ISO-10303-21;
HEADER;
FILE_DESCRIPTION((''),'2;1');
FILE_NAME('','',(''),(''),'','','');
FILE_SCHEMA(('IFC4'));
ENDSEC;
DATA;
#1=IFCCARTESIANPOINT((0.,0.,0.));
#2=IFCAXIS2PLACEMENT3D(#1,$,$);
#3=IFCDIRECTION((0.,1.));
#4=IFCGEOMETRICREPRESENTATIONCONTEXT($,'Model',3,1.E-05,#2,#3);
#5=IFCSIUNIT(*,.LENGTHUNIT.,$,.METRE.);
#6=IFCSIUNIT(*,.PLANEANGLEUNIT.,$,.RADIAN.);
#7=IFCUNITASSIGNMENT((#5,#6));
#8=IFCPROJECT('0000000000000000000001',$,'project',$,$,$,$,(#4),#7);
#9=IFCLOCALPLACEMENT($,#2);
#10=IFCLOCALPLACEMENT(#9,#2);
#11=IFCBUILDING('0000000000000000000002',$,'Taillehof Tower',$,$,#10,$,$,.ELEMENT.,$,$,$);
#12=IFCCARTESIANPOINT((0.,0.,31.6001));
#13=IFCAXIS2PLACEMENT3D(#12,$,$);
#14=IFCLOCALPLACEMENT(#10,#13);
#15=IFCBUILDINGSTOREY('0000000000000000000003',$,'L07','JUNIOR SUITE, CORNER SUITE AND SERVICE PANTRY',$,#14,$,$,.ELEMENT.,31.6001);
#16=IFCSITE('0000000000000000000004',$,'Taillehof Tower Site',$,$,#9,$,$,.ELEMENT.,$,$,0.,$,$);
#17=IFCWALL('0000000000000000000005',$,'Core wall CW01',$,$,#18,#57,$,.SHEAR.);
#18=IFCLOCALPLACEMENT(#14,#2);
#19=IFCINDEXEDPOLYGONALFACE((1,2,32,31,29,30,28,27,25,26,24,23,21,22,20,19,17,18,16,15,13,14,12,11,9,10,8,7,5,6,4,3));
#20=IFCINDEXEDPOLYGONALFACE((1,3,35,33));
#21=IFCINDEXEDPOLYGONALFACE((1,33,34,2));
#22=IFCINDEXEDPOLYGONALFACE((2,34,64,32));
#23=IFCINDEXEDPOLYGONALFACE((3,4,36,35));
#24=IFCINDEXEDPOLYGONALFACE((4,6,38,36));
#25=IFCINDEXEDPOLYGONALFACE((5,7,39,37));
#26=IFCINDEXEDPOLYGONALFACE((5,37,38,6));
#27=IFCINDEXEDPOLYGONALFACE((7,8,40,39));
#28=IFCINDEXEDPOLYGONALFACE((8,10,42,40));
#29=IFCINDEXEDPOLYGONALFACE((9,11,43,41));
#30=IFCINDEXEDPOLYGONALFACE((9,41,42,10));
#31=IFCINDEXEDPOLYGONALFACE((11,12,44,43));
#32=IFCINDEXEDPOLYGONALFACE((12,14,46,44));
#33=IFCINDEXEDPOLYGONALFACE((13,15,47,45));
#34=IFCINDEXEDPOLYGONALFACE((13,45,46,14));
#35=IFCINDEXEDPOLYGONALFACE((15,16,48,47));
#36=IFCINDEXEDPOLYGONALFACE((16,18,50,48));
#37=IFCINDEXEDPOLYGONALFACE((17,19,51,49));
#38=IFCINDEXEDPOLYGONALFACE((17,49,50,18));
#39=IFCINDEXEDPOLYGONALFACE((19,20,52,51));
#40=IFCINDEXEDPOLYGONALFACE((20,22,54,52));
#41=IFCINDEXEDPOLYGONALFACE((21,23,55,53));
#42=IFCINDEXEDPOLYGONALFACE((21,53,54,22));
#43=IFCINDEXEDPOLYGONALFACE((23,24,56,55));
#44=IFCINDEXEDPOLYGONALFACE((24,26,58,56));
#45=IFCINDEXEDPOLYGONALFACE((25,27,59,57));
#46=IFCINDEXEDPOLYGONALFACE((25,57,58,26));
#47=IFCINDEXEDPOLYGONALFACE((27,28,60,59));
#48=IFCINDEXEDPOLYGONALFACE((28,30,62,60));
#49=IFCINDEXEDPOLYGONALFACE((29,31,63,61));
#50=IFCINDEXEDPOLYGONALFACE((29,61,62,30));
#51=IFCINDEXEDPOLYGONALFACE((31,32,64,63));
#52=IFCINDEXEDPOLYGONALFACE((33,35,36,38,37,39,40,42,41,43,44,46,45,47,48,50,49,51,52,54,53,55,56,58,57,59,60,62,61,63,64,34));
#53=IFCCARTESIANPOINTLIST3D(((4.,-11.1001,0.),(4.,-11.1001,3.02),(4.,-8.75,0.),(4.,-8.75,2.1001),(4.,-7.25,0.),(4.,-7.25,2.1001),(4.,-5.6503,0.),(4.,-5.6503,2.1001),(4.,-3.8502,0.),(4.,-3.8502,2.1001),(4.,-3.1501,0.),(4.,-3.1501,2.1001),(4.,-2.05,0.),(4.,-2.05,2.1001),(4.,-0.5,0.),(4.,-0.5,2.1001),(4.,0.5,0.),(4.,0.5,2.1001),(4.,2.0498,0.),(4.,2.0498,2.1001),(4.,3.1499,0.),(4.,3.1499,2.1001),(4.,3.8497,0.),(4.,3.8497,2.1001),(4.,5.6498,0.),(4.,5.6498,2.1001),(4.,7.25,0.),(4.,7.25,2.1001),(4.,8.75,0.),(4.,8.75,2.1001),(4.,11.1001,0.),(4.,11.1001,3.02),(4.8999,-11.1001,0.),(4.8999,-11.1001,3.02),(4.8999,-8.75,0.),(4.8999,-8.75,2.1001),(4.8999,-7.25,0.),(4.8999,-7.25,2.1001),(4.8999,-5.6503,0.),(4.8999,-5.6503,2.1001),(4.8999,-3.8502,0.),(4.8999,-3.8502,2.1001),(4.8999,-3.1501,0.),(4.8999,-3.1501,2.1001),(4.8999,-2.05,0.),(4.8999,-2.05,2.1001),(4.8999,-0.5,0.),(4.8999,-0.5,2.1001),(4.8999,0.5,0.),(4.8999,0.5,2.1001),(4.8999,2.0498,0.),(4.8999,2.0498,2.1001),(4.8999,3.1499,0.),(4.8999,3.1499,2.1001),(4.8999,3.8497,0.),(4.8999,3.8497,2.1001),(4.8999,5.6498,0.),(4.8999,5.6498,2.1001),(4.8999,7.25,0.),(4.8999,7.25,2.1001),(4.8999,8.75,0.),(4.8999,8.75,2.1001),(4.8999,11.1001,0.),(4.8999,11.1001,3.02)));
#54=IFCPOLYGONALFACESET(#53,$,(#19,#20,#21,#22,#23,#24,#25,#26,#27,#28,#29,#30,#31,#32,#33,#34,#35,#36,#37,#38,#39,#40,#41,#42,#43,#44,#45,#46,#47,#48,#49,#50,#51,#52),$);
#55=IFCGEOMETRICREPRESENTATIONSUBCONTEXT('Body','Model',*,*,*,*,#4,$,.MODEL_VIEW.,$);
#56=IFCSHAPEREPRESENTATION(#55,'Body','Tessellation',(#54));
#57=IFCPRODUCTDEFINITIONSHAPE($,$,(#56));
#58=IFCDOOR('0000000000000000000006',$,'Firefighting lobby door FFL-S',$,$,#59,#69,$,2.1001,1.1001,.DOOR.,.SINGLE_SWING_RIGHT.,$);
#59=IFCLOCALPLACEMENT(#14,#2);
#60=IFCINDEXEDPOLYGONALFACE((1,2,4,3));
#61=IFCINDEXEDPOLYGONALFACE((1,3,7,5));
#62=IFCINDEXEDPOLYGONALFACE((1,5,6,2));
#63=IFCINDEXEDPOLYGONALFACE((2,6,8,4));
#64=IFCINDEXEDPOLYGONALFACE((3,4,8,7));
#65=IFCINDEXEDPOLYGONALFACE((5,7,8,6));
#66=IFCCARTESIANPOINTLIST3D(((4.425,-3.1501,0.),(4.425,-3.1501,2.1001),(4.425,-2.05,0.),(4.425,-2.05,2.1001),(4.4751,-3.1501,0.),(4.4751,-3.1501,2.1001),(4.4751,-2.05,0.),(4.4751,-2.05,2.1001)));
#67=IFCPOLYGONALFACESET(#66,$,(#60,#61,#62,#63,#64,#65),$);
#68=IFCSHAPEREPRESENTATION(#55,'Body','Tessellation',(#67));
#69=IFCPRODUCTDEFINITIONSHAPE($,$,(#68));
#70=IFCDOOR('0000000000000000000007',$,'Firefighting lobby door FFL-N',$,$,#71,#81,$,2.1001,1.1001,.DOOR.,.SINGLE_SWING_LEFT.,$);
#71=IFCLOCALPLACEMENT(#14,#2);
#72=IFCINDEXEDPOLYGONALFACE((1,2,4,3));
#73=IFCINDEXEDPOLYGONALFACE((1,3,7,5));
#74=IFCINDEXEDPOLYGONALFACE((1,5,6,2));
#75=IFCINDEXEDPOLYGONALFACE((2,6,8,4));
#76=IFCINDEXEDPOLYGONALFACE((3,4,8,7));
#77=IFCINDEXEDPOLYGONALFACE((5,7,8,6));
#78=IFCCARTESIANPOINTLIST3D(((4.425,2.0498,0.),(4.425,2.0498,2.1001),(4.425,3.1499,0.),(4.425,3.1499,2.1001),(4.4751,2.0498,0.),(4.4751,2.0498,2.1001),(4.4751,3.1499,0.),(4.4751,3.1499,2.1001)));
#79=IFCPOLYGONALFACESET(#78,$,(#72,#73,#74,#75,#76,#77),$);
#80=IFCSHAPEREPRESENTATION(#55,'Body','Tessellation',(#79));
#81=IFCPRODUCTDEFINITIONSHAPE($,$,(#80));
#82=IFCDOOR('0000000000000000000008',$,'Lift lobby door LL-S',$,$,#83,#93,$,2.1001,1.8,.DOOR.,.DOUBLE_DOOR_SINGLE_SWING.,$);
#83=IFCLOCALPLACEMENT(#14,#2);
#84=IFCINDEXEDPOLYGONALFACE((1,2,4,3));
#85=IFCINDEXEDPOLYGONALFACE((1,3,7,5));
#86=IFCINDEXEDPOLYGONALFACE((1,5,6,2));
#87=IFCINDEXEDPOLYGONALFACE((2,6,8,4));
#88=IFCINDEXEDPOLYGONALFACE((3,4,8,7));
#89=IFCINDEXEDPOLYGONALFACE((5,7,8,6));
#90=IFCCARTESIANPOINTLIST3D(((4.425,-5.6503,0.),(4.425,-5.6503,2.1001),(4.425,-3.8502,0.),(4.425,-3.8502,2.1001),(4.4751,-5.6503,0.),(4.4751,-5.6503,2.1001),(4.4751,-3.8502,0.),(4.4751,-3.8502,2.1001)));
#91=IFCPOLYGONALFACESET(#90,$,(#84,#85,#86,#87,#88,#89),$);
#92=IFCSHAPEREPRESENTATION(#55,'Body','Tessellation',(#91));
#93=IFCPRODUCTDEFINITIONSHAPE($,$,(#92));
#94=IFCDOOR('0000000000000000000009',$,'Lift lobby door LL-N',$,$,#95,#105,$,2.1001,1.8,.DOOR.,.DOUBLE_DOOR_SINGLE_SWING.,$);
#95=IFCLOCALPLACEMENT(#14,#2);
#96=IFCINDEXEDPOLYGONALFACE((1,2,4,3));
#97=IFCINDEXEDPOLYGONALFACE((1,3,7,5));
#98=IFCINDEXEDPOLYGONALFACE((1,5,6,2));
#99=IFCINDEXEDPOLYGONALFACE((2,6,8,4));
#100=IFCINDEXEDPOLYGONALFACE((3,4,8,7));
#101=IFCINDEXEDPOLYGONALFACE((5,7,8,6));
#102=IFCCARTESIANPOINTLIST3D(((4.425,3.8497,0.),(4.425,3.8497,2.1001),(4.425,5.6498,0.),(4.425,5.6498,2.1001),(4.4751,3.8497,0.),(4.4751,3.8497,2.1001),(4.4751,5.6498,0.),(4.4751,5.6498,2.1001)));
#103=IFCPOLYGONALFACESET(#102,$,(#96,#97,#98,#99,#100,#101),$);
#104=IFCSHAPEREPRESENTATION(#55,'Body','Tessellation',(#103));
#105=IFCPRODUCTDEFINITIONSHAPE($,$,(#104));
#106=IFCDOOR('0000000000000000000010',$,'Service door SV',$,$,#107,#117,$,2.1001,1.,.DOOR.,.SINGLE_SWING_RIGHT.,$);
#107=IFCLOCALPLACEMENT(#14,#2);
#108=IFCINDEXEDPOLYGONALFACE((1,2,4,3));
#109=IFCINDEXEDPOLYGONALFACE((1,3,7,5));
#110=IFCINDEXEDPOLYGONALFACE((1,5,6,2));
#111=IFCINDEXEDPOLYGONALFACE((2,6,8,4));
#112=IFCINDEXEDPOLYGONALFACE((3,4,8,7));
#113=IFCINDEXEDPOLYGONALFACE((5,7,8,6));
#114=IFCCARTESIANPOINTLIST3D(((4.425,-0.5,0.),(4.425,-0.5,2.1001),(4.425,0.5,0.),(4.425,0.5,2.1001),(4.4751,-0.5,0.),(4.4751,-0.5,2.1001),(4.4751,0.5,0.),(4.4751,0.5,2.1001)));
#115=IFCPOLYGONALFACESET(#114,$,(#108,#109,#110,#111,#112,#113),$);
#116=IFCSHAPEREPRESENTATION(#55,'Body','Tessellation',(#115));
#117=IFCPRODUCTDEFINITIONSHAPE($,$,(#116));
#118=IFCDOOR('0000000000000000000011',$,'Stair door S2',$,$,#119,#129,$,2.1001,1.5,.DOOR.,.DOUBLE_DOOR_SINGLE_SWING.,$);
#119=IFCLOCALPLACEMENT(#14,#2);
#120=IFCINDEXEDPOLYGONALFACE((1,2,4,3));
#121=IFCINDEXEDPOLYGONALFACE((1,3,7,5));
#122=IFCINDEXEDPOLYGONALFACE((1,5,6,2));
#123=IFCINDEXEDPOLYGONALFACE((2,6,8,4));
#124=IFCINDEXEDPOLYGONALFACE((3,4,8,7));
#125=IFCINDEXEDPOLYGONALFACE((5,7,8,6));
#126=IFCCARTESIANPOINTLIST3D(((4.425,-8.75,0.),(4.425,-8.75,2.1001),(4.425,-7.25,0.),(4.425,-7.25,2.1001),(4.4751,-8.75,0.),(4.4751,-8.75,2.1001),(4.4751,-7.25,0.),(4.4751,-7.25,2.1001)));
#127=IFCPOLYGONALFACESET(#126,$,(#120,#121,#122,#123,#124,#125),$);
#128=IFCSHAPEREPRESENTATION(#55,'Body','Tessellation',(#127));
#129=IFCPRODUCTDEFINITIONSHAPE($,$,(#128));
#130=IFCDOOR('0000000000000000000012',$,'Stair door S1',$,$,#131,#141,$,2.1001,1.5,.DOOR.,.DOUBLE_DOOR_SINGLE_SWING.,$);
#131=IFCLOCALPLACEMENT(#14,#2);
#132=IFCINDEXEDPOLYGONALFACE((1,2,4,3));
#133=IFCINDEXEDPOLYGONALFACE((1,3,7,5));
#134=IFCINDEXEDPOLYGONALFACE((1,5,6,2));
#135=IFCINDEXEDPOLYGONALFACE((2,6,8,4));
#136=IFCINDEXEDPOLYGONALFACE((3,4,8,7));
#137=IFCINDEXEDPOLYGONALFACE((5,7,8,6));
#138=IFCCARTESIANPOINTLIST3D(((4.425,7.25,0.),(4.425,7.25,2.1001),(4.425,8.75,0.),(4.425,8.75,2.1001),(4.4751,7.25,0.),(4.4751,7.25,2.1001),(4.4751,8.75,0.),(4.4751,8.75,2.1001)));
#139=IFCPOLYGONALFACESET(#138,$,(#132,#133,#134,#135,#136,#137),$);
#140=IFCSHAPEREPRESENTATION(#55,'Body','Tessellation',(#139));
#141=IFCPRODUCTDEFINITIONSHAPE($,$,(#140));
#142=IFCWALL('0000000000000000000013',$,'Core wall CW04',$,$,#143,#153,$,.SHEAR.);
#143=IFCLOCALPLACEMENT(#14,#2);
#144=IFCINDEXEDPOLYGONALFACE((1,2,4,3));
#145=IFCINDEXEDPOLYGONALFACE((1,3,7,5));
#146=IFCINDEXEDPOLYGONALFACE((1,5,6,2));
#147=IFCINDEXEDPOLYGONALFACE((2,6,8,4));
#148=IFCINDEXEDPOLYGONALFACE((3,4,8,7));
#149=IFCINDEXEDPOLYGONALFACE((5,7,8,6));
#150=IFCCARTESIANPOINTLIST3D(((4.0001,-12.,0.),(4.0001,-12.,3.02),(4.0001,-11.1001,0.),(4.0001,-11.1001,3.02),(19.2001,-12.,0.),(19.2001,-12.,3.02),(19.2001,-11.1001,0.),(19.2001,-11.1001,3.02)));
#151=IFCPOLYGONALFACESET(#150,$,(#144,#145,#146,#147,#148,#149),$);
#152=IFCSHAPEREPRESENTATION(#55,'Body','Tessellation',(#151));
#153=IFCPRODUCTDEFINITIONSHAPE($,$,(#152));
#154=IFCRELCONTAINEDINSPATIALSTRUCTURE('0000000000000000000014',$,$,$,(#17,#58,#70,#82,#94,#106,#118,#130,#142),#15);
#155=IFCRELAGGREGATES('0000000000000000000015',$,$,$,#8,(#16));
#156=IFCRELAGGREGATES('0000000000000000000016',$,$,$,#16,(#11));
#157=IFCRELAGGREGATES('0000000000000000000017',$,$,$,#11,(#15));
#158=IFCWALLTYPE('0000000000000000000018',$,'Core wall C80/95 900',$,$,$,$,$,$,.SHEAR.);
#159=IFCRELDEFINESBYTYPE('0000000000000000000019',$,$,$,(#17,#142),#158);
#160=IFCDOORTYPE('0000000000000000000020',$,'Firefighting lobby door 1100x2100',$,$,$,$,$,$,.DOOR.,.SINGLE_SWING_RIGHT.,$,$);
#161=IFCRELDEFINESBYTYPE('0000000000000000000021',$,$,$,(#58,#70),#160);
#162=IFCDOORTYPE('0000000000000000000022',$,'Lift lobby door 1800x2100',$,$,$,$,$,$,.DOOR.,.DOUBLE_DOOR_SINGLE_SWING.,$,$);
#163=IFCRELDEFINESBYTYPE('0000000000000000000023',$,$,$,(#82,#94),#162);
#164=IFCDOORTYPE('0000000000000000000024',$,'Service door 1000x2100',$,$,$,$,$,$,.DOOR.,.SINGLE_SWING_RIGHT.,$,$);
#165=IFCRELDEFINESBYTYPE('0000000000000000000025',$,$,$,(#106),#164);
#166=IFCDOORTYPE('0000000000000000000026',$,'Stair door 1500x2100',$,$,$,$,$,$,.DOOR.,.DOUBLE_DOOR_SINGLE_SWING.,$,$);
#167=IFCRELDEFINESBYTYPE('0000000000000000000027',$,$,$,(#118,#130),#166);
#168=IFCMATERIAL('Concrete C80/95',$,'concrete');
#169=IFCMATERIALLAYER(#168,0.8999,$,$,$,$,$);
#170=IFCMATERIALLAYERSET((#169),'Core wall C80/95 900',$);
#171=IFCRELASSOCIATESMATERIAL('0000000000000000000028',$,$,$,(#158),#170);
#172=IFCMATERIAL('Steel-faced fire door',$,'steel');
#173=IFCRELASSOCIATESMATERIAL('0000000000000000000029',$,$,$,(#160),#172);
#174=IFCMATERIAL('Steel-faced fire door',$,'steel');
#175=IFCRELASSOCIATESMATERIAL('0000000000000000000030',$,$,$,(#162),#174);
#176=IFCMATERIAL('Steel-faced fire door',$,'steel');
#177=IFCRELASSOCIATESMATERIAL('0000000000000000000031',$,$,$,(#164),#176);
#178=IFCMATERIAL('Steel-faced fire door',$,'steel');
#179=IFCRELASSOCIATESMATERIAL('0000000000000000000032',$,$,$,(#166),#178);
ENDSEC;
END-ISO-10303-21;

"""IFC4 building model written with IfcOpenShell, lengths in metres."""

from ifc_helpers import new_model, si_unit, direction, frame, frame_2d, origin, place, context, subcontext, project, spatial, rectangle, extrude, material, layer, layer_set, type_object, element, fill, save


model = new_model("IFC4")

# Units and contexts
model_context = context("Model", 3, precision=1e-05, world=origin(), true_north=direction((0.0, 1.0)))
body_context = subcontext(model_context, "Body", "Model", "MODEL_VIEW")
ifc_project = project(units=[si_unit("LENGTHUNIT", "METRE"), si_unit("PLANEANGLEUNIT", "RADIAN")], contexts=[model_context])

# Site, building, storey
site_placement = place(None, origin())
site = spatial("IfcSite", under=ifc_project, at=site_placement, Name="Taillehof Tower Site", CompositionType="ELEMENT", RefElevation=0.0)
building_placement = place(site_placement, origin())
building = spatial("IfcBuilding", under=site, at=building_placement, Name="Taillehof Tower", CompositionType="ELEMENT")
storey_placement = place(building_placement, frame((0.0, 0.0, 31.6001)))
storey = spatial("IfcBuildingStorey", under=building, at=storey_placement, Name="L07", Description="JUNIOR SUITE, CORNER SUITE AND SERVICE PANTRY", CompositionType="ELEMENT", Elevation=31.6001)

# Wall, openings, doors
ifc_material_1 = material(Name="Concrete C80/95", Category="concrete")
ifc_layer_1 = layer(ifc_material_1, 0.8999)
ifc_layer_set_1 = layer_set([ifc_layer_1], Name="Core wall C80/95 900")
wall_type_1 = type_object("IfcWallType", Name="Core wall C80/95 900", PredefinedType="SHEAR", material=ifc_layer_set_1)
wall_1_placement = place(storey_placement, frame((4.45, -11.1001, 0.0), z_axis=(0.0, 0.0, 1.0), x_axis=(0.0, 1.0, 0.0)))
wall_1 = element("IfcWall", 1, at=wall_1_placement, inside=storey, type_object=wall_type_1, Name="Core wall CW01", PredefinedType="SHEAR", context=body_context, shape_type="SweptSolid", body=[
    extrude(rectangle(XDim=22.2002, YDim=0.8999, at=frame_2d((11.1001, 0.0))), origin(), (0.0, 0.0, 1.0), 3.02),
])
opening_1_placement = place(wall_1_placement, frame((2.3501, 0.0, 0.0)))
opening_1 = element("IfcOpeningElement", 2, at=opening_1_placement, cuts=wall_1, PredefinedType="OPENING", context=body_context, shape_type="SweptSolid", body=[
    extrude(rectangle(XDim=1.5, YDim=2.1001, at=frame_2d((0.75, 1.05))), frame((0.0, 0.46, 0.0), z_axis=(0.0, -1.0, 0.0), x_axis=(1.0, 0.0, 0.0)), (0.0, 0.0, 1.0), 0.9199),
])
opening_2_placement = place(wall_1_placement, frame((5.45, 0.0, 0.0)))
opening_2 = element("IfcOpeningElement", 3, at=opening_2_placement, cuts=wall_1, PredefinedType="OPENING", context=body_context, shape_type="SweptSolid", body=[
    extrude(rectangle(XDim=1.8, YDim=2.1001, at=frame_2d((0.8999, 1.05))), frame((0.0, 0.46, 0.0), z_axis=(0.0, -1.0, 0.0), x_axis=(1.0, 0.0, 0.0)), (0.0, 0.0, 1.0), 0.9199),
])
opening_3_placement = place(wall_1_placement, frame((7.95, 0.0, 0.0)))
opening_3 = element("IfcOpeningElement", 4, at=opening_3_placement, cuts=wall_1, PredefinedType="OPENING", context=body_context, shape_type="SweptSolid", body=[
    extrude(rectangle(XDim=1.1001, YDim=2.1001, at=frame_2d((0.55, 1.05))), frame((0.0, 0.46, 0.0), z_axis=(0.0, -1.0, 0.0), x_axis=(1.0, 0.0, 0.0)), (0.0, 0.0, 1.0), 0.9199),
])
opening_4_placement = place(wall_1_placement, frame((10.6001, 0.0, 0.0)))
opening_4 = element("IfcOpeningElement", 5, at=opening_4_placement, cuts=wall_1, PredefinedType="OPENING", context=body_context, shape_type="SweptSolid", body=[
    extrude(rectangle(XDim=1.0, YDim=2.1001, at=frame_2d((0.5, 1.05))), frame((0.0, 0.46, 0.0), z_axis=(0.0, -1.0, 0.0), x_axis=(1.0, 0.0, 0.0)), (0.0, 0.0, 1.0), 0.9199),
])
opening_5_placement = place(wall_1_placement, frame((13.1499, 0.0, 0.0)))
opening_5 = element("IfcOpeningElement", 6, at=opening_5_placement, cuts=wall_1, PredefinedType="OPENING", context=body_context, shape_type="SweptSolid", body=[
    extrude(rectangle(XDim=1.1001, YDim=2.1001, at=frame_2d((0.55, 1.05))), frame((0.0, 0.46, 0.0), z_axis=(0.0, -1.0, 0.0), x_axis=(1.0, 0.0, 0.0)), (0.0, 0.0, 1.0), 0.9199),
])
opening_6_placement = place(wall_1_placement, frame((14.95, 0.0, 0.0)))
opening_6 = element("IfcOpeningElement", 7, at=opening_6_placement, cuts=wall_1, PredefinedType="OPENING", context=body_context, shape_type="SweptSolid", body=[
    extrude(rectangle(XDim=1.8, YDim=2.1001, at=frame_2d((0.8999, 1.05))), frame((0.0, 0.46, 0.0), z_axis=(0.0, -1.0, 0.0), x_axis=(1.0, 0.0, 0.0)), (0.0, 0.0, 1.0), 0.9199),
])
opening_7_placement = place(wall_1_placement, frame((18.3501, 0.0, 0.0)))
opening_7 = element("IfcOpeningElement", 8, at=opening_7_placement, cuts=wall_1, PredefinedType="OPENING", context=body_context, shape_type="SweptSolid", body=[
    extrude(rectangle(XDim=1.5, YDim=2.1001, at=frame_2d((0.75, 1.05))), frame((0.0, 0.46, 0.0), z_axis=(0.0, -1.0, 0.0), x_axis=(1.0, 0.0, 0.0)), (0.0, 0.0, 1.0), 0.9199),
])
ifc_material_2 = material(Name="Steel-faced fire door", Category="steel")
door_type_1 = type_object("IfcDoorType", Name="Firefighting lobby door 1100x2100", OperationType="SINGLE_SWING_RIGHT", PredefinedType="DOOR", material=ifc_material_2)
door_1_placement = place(opening_3_placement, origin())
door_1 = element("IfcDoor", 9, at=door_1_placement, inside=storey, type_object=door_type_1, Name="Firefighting lobby door FFL-S", OperationType="SINGLE_SWING_RIGHT", OverallHeight=2.1001, OverallWidth=1.1001, PredefinedType="DOOR", context=body_context, shape_type="SweptSolid", body=[
    extrude(rectangle(XDim=1.1001, YDim=2.1001, at=frame_2d((0.55, 1.05))), frame((0.0, 0.0249, 0.0), z_axis=(0.0, -1.0, 0.0), x_axis=(1.0, 0.0, 0.0)), (0.0, 0.0, 1.0), 0.05),
])
fill(opening_3, door_1)
door_2_placement = place(opening_5_placement, origin())
door_2 = element("IfcDoor", 10, at=door_2_placement, inside=storey, type_object=door_type_1, Name="Firefighting lobby door FFL-N", OperationType="SINGLE_SWING_LEFT", OverallHeight=2.1001, OverallWidth=1.1001, PredefinedType="DOOR", context=body_context, shape_type="SweptSolid", body=[
    extrude(rectangle(XDim=1.1001, YDim=2.1001, at=frame_2d((0.55, 1.05))), frame((0.0, 0.0249, 0.0), z_axis=(0.0, -1.0, 0.0), x_axis=(1.0, 0.0, 0.0)), (0.0, 0.0, 1.0), 0.05),
])
fill(opening_5, door_2)
ifc_material_3 = material(Name="Steel-faced fire door", Category="steel")
door_type_2 = type_object("IfcDoorType", Name="Lift lobby door 1800x2100", OperationType="DOUBLE_DOOR_SINGLE_SWING", PredefinedType="DOOR", material=ifc_material_3)
door_3_placement = place(opening_2_placement, origin())
door_3 = element("IfcDoor", 11, at=door_3_placement, inside=storey, type_object=door_type_2, Name="Lift lobby door LL-S", OperationType="DOUBLE_DOOR_SINGLE_SWING", OverallHeight=2.1001, OverallWidth=1.8, PredefinedType="DOOR", context=body_context, shape_type="SweptSolid", body=[
    extrude(rectangle(XDim=1.8, YDim=2.1001, at=frame_2d((0.8999, 1.05))), frame((0.0, 0.0249, 0.0), z_axis=(0.0, -1.0, 0.0), x_axis=(1.0, 0.0, 0.0)), (0.0, 0.0, 1.0), 0.05),
])
fill(opening_2, door_3)
door_4_placement = place(opening_6_placement, origin())
door_4 = element("IfcDoor", 12, at=door_4_placement, inside=storey, type_object=door_type_2, Name="Lift lobby door LL-N", OperationType="DOUBLE_DOOR_SINGLE_SWING", OverallHeight=2.1001, OverallWidth=1.8, PredefinedType="DOOR", context=body_context, shape_type="SweptSolid", body=[
    extrude(rectangle(XDim=1.8, YDim=2.1001, at=frame_2d((0.8999, 1.05))), frame((0.0, 0.0249, 0.0), z_axis=(0.0, -1.0, 0.0), x_axis=(1.0, 0.0, 0.0)), (0.0, 0.0, 1.0), 0.05),
])
fill(opening_6, door_4)
ifc_material_4 = material(Name="Steel-faced fire door", Category="steel")
door_type_3 = type_object("IfcDoorType", Name="Service door 1000x2100", OperationType="SINGLE_SWING_RIGHT", PredefinedType="DOOR", material=ifc_material_4)
door_5_placement = place(opening_4_placement, origin())
door_5 = element("IfcDoor", 13, at=door_5_placement, inside=storey, type_object=door_type_3, Name="Service door SV", OperationType="SINGLE_SWING_RIGHT", OverallHeight=2.1001, OverallWidth=1.0, PredefinedType="DOOR", context=body_context, shape_type="SweptSolid", body=[
    extrude(rectangle(XDim=1.0, YDim=2.1001, at=frame_2d((0.5, 1.05))), frame((0.0, 0.0249, 0.0), z_axis=(0.0, -1.0, 0.0), x_axis=(1.0, 0.0, 0.0)), (0.0, 0.0, 1.0), 0.05),
])
fill(opening_4, door_5)
ifc_material_5 = material(Name="Steel-faced fire door", Category="steel")
door_type_4 = type_object("IfcDoorType", Name="Stair door 1500x2100", OperationType="DOUBLE_DOOR_SINGLE_SWING", PredefinedType="DOOR", material=ifc_material_5)
door_6_placement = place(opening_1_placement, origin())
door_6 = element("IfcDoor", 14, at=door_6_placement, inside=storey, type_object=door_type_4, Name="Stair door S2", OperationType="DOUBLE_DOOR_SINGLE_SWING", OverallHeight=2.1001, OverallWidth=1.5, PredefinedType="DOOR", context=body_context, shape_type="SweptSolid", body=[
    extrude(rectangle(XDim=1.5, YDim=2.1001, at=frame_2d((0.75, 1.05))), frame((0.0, 0.0249, 0.0), z_axis=(0.0, -1.0, 0.0), x_axis=(1.0, 0.0, 0.0)), (0.0, 0.0, 1.0), 0.05),
])
fill(opening_1, door_6)
door_7_placement = place(opening_7_placement, origin())
door_7 = element("IfcDoor", 15, at=door_7_placement, inside=storey, type_object=door_type_4, Name="Stair door S1", OperationType="DOUBLE_DOOR_SINGLE_SWING", OverallHeight=2.1001, OverallWidth=1.5, PredefinedType="DOOR", context=body_context, shape_type="SweptSolid", body=[
    extrude(rectangle(XDim=1.5, YDim=2.1001, at=frame_2d((0.75, 1.05))), frame((0.0, 0.0249, 0.0), z_axis=(0.0, -1.0, 0.0), x_axis=(1.0, 0.0, 0.0)), (0.0, 0.0, 1.0), 0.05),
])
fill(opening_7, door_7)

# Wall
wall_2_placement = place(storey_placement, frame((4.0, -11.55, 0.0), z_axis=(0.0, 0.0, 1.0), x_axis=(1.0, 0.0, 0.0)))
element("IfcWall", 16, at=wall_2_placement, inside=storey, type_object=wall_type_1, Name="Core wall CW04", PredefinedType="SHEAR", context=body_context, shape_type="SweptSolid", body=[
    extrude(rectangle(XDim=15.2, YDim=0.8999, at=frame_2d((7.6001, 0.0))), origin(), (0.0, 0.0, 1.0), 3.02),
])

save(model, "model.ifc")
